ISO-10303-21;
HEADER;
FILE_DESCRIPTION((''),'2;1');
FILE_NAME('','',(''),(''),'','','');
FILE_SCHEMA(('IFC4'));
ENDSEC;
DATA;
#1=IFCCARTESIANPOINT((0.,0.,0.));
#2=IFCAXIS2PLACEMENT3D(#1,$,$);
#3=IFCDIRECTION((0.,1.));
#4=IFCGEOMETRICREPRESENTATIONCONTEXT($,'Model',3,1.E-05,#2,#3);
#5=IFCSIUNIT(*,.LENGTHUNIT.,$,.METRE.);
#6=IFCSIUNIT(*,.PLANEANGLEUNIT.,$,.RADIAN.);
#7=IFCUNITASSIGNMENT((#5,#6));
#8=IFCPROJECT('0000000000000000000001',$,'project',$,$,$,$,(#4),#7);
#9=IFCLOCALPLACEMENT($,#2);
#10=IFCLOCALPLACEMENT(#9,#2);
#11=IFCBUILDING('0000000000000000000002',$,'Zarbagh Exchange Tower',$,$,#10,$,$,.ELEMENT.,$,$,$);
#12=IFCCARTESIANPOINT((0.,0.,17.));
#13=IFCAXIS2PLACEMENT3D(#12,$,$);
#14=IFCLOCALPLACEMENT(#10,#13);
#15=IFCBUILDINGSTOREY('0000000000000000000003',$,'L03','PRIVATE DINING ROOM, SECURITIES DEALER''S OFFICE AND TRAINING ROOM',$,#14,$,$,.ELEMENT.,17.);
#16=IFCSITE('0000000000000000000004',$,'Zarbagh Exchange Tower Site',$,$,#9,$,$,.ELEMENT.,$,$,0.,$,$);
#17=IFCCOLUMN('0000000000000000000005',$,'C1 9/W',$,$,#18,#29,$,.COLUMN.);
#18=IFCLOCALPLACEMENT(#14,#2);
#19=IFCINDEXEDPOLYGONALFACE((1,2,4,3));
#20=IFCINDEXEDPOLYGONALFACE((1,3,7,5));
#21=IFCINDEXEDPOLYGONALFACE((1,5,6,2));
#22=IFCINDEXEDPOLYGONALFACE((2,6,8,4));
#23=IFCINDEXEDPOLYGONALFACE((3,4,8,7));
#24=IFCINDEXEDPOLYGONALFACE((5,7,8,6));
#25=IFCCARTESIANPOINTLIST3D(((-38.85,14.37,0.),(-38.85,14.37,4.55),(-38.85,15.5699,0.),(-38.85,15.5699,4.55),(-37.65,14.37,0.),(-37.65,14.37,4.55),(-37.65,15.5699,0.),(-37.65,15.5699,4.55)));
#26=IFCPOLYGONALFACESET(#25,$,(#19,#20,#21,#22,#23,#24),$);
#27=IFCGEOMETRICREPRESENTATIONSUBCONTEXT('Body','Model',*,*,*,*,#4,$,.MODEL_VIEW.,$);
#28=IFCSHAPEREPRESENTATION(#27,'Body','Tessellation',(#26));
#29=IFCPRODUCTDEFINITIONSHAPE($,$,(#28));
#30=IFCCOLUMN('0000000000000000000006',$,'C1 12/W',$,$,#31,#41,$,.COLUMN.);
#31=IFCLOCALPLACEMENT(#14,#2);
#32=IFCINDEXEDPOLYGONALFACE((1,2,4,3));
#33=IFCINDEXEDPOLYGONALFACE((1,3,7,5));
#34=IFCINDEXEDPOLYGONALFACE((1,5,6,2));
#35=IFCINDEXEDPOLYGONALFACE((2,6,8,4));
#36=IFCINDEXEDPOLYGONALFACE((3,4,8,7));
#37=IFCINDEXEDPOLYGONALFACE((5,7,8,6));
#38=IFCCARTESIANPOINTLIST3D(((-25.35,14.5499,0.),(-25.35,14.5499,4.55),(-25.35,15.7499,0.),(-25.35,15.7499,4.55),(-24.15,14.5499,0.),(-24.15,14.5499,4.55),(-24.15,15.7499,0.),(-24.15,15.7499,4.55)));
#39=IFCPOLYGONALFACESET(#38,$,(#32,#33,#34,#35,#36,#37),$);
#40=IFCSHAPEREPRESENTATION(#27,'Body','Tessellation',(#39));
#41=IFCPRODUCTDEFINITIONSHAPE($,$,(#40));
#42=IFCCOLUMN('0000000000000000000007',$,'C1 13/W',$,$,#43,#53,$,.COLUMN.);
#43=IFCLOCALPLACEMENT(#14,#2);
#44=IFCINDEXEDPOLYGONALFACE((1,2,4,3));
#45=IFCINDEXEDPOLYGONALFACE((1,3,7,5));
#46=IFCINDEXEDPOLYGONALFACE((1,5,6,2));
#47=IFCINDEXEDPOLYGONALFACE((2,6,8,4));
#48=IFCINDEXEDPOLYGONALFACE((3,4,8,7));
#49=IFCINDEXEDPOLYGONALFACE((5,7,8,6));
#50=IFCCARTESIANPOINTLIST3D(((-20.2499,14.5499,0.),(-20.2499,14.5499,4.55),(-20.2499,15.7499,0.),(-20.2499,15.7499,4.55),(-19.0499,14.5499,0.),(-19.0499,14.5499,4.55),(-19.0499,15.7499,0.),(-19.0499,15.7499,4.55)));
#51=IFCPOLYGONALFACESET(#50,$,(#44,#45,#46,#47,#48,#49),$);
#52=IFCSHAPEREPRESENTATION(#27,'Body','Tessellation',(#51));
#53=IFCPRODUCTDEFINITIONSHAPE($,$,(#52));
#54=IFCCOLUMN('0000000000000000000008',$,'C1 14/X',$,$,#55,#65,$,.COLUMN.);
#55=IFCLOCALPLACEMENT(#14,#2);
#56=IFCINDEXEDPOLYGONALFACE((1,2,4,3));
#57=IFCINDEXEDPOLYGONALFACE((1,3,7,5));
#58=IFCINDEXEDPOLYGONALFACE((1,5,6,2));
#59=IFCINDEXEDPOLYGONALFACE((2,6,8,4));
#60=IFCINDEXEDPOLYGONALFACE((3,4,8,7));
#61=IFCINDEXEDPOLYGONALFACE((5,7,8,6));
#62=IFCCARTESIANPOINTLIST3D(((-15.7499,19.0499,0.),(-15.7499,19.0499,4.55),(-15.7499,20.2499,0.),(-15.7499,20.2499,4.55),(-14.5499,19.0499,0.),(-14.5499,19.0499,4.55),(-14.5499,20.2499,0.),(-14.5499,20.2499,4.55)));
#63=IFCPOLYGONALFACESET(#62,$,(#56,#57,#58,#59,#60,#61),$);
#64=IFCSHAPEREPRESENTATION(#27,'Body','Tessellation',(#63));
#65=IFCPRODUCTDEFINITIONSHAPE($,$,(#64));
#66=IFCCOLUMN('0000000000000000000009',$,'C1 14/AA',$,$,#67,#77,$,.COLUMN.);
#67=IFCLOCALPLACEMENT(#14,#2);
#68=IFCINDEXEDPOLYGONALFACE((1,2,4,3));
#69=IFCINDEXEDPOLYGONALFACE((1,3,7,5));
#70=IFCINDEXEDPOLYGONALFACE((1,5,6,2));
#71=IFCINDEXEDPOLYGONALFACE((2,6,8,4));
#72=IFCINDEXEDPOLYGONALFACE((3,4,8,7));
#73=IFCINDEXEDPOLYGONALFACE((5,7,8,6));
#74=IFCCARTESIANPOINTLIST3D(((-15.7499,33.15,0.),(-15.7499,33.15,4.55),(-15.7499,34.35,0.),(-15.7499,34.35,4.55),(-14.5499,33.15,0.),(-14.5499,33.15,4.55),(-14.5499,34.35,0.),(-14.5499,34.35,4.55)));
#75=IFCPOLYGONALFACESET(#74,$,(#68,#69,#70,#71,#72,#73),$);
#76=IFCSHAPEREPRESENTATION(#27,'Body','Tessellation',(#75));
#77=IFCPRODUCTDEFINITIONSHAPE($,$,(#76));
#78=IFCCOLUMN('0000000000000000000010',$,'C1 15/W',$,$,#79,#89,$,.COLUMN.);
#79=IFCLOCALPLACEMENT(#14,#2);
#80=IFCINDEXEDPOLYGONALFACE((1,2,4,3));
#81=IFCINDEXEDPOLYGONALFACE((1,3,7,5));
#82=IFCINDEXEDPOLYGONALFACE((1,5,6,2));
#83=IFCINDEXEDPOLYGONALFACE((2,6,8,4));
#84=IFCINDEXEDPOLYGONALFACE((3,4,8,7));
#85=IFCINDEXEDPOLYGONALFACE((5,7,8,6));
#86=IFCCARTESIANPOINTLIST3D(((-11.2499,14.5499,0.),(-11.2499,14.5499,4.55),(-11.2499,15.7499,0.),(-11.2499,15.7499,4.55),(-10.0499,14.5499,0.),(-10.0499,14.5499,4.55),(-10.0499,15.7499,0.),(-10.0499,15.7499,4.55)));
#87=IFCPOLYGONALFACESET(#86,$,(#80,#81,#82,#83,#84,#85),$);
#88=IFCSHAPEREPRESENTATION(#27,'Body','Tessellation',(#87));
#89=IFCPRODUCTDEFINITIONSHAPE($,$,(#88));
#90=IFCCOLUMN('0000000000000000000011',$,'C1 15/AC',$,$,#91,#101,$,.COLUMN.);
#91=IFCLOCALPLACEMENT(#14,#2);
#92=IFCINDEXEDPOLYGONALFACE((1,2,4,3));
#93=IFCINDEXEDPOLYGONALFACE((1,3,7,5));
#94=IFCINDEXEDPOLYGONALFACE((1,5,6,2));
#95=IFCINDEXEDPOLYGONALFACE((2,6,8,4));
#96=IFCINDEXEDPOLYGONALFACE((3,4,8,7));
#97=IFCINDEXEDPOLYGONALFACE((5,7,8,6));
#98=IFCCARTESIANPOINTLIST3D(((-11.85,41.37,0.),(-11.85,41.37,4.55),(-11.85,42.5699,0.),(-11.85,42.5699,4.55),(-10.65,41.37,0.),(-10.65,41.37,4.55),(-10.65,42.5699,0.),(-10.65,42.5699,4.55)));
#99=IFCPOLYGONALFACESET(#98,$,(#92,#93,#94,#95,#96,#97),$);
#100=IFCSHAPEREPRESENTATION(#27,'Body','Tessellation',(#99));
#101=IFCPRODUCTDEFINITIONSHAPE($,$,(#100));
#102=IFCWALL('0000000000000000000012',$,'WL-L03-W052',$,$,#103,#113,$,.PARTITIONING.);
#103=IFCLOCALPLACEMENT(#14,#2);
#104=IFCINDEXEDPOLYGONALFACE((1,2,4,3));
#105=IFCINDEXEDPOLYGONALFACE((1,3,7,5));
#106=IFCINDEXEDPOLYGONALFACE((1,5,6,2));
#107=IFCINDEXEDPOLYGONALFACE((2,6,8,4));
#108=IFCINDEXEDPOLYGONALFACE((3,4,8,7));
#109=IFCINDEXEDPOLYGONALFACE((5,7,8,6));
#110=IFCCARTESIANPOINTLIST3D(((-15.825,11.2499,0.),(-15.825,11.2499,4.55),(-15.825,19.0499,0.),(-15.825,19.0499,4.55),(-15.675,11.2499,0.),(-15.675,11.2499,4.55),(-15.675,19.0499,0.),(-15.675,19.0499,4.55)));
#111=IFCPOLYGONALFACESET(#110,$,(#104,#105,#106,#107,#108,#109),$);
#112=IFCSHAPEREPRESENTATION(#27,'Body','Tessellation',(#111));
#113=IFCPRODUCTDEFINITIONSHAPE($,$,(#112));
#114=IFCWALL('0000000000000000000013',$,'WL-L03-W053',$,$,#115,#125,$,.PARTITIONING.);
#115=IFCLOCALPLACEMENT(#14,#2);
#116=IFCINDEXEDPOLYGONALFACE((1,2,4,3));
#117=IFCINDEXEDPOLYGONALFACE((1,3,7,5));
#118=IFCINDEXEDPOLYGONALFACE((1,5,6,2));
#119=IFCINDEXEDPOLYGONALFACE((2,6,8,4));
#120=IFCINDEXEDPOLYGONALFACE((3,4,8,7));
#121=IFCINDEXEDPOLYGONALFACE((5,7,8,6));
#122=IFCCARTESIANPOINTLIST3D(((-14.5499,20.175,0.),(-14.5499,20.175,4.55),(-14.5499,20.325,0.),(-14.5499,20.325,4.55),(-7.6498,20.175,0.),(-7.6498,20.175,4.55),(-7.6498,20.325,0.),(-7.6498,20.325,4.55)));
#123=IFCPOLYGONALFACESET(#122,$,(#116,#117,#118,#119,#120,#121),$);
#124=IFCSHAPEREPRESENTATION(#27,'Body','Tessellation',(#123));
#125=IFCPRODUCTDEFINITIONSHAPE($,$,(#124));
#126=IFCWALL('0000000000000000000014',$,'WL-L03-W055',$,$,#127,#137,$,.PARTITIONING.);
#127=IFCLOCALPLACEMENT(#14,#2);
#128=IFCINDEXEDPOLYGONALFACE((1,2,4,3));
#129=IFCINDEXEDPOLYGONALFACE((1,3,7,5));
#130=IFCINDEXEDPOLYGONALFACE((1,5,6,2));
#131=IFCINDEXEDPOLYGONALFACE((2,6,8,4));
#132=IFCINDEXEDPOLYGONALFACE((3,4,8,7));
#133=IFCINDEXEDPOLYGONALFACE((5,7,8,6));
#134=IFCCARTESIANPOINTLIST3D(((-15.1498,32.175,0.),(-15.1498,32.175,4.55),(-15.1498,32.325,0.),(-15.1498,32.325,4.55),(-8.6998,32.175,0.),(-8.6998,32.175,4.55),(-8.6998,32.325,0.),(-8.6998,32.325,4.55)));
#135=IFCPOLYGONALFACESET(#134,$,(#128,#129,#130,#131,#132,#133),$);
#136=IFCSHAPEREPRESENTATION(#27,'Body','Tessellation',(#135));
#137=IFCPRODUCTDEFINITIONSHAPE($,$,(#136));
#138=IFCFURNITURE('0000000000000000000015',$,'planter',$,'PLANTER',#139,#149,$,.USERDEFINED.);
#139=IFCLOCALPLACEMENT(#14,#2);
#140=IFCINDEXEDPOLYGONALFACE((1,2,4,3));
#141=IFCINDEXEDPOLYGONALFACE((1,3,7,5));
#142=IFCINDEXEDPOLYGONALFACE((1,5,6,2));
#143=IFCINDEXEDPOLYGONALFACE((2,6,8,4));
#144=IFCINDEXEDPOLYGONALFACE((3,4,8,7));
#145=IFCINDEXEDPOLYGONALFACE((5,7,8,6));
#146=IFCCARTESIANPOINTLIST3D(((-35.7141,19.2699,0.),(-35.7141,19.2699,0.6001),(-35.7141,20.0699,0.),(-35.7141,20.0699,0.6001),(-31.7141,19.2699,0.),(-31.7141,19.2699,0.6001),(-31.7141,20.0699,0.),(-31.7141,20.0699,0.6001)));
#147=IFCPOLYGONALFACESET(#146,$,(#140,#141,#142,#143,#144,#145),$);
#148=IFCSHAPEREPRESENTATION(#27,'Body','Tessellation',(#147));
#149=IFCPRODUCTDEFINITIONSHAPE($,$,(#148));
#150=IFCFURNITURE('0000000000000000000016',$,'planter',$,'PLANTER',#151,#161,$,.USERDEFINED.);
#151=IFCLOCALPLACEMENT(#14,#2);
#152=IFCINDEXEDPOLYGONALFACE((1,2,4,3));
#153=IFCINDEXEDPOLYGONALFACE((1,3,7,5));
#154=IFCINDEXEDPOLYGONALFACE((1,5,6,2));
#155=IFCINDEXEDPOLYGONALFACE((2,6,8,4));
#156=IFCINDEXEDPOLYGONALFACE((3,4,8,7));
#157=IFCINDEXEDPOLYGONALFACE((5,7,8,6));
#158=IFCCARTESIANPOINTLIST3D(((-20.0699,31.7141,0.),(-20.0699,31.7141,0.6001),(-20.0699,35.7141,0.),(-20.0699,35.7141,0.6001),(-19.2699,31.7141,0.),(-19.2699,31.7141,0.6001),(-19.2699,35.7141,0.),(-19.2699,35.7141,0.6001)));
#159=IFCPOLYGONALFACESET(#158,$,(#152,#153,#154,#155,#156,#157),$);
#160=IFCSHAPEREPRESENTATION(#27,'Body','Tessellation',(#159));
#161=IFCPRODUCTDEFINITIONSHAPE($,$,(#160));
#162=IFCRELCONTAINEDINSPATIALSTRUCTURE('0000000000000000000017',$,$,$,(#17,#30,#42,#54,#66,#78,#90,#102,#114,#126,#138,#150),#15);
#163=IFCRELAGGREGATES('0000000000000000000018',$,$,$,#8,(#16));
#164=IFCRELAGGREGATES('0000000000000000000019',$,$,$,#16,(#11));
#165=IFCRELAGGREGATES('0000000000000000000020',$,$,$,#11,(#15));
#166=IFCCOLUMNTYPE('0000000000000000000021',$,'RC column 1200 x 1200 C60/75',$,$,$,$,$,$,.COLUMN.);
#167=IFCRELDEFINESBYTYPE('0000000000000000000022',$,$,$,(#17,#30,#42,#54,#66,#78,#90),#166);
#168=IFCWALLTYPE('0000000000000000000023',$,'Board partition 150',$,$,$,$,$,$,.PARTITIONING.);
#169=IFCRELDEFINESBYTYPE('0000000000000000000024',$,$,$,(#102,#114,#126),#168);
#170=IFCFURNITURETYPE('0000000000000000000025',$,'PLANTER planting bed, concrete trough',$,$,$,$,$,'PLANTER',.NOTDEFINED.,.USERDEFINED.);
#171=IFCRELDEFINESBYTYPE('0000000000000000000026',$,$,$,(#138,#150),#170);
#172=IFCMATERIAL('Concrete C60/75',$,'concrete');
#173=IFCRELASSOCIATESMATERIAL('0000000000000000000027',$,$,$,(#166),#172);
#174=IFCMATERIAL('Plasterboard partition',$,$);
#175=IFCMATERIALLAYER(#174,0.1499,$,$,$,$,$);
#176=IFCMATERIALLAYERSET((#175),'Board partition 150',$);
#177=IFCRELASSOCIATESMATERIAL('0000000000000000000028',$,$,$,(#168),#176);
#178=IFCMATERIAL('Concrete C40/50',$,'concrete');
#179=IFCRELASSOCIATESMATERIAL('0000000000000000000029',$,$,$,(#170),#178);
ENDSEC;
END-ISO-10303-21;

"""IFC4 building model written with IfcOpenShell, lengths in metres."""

from ifc_helpers import new_model, si_unit, direction, frame, frame_2d, origin, origin_2d, place, context, subcontext, project, spatial, rectangle, extrude, material, layer, layer_set, material_profile, profile_set, type_object, element, save


model = new_model("IFC4")

# Units and contexts
model_context = context("Model", 3, precision=1e-05, world=origin(), true_north=direction((0.0, 1.0)))
body_context = subcontext(model_context, "Body", "Model", "MODEL_VIEW")
ifc_project = project(units=[si_unit("LENGTHUNIT", "METRE"), si_unit("PLANEANGLEUNIT", "RADIAN")], contexts=[model_context])

# Site, building, storey
site_placement = place(None, origin())
site = spatial("IfcSite", under=ifc_project, at=site_placement, Name="Zarbagh Exchange Tower Site", CompositionType="ELEMENT", RefElevation=0.0)
building_placement = place(site_placement, origin())
building = spatial("IfcBuilding", under=site, at=building_placement, Name="Zarbagh Exchange Tower", CompositionType="ELEMENT")
storey_placement = place(building_placement, frame((0.0, 0.0, 17.0)))
storey = spatial("IfcBuildingStorey", under=building, at=storey_placement, Name="L03", Description="PRIVATE DINING ROOM, SECURITIES DEALER'S OFFICE AND TRAINING ROOM", CompositionType="ELEMENT", Elevation=17.0)

# Columns
ifc_material_1 = material(Name="Concrete C60/75", Category="concrete")
ifc_material_profile = material_profile(ifc_material_1, rectangle(XDim=1.2, YDim=1.2, at=origin_2d()), Name="RC column 1200 x 1200 C60/75")
ifc_profile_set = profile_set([ifc_material_profile], Name="Concrete C60/75")
column_type = type_object("IfcColumnType", Name="RC column 1200 x 1200 C60/75", PredefinedType="COLUMN", material=ifc_profile_set)
for number, where, z_axis, x_axis, name in (
    (1, (-38.25, 14.97, 0.0), (0.0, 0.0, 1.0), (1.0, 0.0, 0.0), "C1 9/W"),
    (2, (-24.75, 15.1499, 0.0), (0.0, 0.0, 1.0), (1.0, 0.0, 0.0), "C1 12/W"),
    (3, (-19.6499, 15.1499, 0.0), (0.0, 0.0, 1.0), (1.0, 0.0, 0.0), "C1 13/W"),
    (4, (-15.1499, 19.6499, 0.0), (0.0, 0.0, 1.0), (1.0, 0.0, 0.0), "C1 14/X"),
    (5, (-15.1499, 33.75, 0.0), (0.0, 0.0, 1.0), (1.0, 0.0, 0.0), "C1 14/AA"),
    (6, (-10.6499, 15.1499, 0.0), (0.0, 0.0, 1.0), (1.0, 0.0, 0.0), "C1 15/W"),
    (7, (-11.25, 41.97, 0.0), (0.0, 0.0, 1.0), (1.0, 0.0, 0.0), "C1 15/AC"),
):
    element("IfcColumn", number, at=place(storey_placement, frame(where, z_axis=z_axis, x_axis=x_axis)), inside=storey, type_object=column_type, Name=name, PredefinedType="COLUMN", context=body_context, shape_type="SweptSolid", body=[
        extrude(rectangle(XDim=1.2, YDim=1.2, at=origin_2d()), origin(), (0.0, 0.0, 1.0), 4.55),
    ])

# Walls
ifc_material_2 = material(Name="Plasterboard partition")
ifc_layer_1 = layer(ifc_material_2, 0.1499)
ifc_layer_set_1 = layer_set([ifc_layer_1], Name="Board partition 150")
wall_type_1 = type_object("IfcWallType", Name="Board partition 150", PredefinedType="PARTITIONING", material=ifc_layer_set_1)
wall_1_placement = place(storey_placement, frame((-15.75, 11.25, 0.0), z_axis=(0.0, 0.0, 1.0), x_axis=(0.0, 1.0, 0.0)))
element("IfcWall", 8, at=wall_1_placement, inside=storey, type_object=wall_type_1, Name="WL-L03-W052", PredefinedType="PARTITIONING", context=body_context, shape_type="SweptSolid", body=[
    extrude(rectangle(XDim=7.8, YDim=0.1499, at=frame_2d((3.8999, 0.0))), origin(), (0.0, 0.0, 1.0), 4.55),
])
wall_2_placement = place(storey_placement, frame((-14.55, 20.25, 0.0), z_axis=(0.0, 0.0, 1.0), x_axis=(1.0, 0.0, 0.0)))
element("IfcWall", 9, at=wall_2_placement, inside=storey, type_object=wall_type_1, Name="WL-L03-W053", PredefinedType="PARTITIONING", context=body_context, shape_type="SweptSolid", body=[
    extrude(rectangle(XDim=6.9001, YDim=0.1499, at=frame_2d((3.4502, 0.0))), origin(), (0.0, 0.0, 1.0), 4.55),
])
wall_3_placement = place(storey_placement, frame((-15.1499, 32.25, 0.0), z_axis=(0.0, 0.0, 1.0), x_axis=(1.0, 0.0, 0.0)))
element("IfcWall", 10, at=wall_3_placement, inside=storey, type_object=wall_type_1, Name="WL-L03-W055", PredefinedType="PARTITIONING", context=body_context, shape_type="SweptSolid", body=[
    extrude(rectangle(XDim=6.45, YDim=0.1499, at=frame_2d((3.2251, 0.0))), origin(), (0.0, 0.0, 1.0), 4.55),
])

# Furniture
ifc_material_3 = material(Name="Concrete C40/50", Category="concrete")
furniture_type = type_object("IfcFurnitureType", Name="PLANTER planting bed, concrete trough", ElementType="PLANTER", AssemblyPlace="NOTDEFINED", PredefinedType="USERDEFINED", material=ifc_material_3)
for number, where, z_axis, x_axis, name in (
    (11, (-33.7141, 19.6699, 0.0), (0.0, 0.0, 1.0), (1.0, 0.0, 0.0), "planter"),
    (12, (-19.6699, 33.7141, 0.0), (0.0, 0.0, 1.0), (0.0, 1.0, 0.0), "planter"),
):
    element("IfcFurniture", number, at=place(storey_placement, frame(where, z_axis=z_axis, x_axis=x_axis)), inside=storey, type_object=furniture_type, Name=name, ObjectType="PLANTER", PredefinedType="USERDEFINED", context=body_context, shape_type="SweptSolid", body=[
        extrude(rectangle(XDim=4.0, YDim=0.8, at=origin_2d()), origin(), (0.0, 0.0, 1.0), 0.6001),
    ])

save(model, "model.ifc")
